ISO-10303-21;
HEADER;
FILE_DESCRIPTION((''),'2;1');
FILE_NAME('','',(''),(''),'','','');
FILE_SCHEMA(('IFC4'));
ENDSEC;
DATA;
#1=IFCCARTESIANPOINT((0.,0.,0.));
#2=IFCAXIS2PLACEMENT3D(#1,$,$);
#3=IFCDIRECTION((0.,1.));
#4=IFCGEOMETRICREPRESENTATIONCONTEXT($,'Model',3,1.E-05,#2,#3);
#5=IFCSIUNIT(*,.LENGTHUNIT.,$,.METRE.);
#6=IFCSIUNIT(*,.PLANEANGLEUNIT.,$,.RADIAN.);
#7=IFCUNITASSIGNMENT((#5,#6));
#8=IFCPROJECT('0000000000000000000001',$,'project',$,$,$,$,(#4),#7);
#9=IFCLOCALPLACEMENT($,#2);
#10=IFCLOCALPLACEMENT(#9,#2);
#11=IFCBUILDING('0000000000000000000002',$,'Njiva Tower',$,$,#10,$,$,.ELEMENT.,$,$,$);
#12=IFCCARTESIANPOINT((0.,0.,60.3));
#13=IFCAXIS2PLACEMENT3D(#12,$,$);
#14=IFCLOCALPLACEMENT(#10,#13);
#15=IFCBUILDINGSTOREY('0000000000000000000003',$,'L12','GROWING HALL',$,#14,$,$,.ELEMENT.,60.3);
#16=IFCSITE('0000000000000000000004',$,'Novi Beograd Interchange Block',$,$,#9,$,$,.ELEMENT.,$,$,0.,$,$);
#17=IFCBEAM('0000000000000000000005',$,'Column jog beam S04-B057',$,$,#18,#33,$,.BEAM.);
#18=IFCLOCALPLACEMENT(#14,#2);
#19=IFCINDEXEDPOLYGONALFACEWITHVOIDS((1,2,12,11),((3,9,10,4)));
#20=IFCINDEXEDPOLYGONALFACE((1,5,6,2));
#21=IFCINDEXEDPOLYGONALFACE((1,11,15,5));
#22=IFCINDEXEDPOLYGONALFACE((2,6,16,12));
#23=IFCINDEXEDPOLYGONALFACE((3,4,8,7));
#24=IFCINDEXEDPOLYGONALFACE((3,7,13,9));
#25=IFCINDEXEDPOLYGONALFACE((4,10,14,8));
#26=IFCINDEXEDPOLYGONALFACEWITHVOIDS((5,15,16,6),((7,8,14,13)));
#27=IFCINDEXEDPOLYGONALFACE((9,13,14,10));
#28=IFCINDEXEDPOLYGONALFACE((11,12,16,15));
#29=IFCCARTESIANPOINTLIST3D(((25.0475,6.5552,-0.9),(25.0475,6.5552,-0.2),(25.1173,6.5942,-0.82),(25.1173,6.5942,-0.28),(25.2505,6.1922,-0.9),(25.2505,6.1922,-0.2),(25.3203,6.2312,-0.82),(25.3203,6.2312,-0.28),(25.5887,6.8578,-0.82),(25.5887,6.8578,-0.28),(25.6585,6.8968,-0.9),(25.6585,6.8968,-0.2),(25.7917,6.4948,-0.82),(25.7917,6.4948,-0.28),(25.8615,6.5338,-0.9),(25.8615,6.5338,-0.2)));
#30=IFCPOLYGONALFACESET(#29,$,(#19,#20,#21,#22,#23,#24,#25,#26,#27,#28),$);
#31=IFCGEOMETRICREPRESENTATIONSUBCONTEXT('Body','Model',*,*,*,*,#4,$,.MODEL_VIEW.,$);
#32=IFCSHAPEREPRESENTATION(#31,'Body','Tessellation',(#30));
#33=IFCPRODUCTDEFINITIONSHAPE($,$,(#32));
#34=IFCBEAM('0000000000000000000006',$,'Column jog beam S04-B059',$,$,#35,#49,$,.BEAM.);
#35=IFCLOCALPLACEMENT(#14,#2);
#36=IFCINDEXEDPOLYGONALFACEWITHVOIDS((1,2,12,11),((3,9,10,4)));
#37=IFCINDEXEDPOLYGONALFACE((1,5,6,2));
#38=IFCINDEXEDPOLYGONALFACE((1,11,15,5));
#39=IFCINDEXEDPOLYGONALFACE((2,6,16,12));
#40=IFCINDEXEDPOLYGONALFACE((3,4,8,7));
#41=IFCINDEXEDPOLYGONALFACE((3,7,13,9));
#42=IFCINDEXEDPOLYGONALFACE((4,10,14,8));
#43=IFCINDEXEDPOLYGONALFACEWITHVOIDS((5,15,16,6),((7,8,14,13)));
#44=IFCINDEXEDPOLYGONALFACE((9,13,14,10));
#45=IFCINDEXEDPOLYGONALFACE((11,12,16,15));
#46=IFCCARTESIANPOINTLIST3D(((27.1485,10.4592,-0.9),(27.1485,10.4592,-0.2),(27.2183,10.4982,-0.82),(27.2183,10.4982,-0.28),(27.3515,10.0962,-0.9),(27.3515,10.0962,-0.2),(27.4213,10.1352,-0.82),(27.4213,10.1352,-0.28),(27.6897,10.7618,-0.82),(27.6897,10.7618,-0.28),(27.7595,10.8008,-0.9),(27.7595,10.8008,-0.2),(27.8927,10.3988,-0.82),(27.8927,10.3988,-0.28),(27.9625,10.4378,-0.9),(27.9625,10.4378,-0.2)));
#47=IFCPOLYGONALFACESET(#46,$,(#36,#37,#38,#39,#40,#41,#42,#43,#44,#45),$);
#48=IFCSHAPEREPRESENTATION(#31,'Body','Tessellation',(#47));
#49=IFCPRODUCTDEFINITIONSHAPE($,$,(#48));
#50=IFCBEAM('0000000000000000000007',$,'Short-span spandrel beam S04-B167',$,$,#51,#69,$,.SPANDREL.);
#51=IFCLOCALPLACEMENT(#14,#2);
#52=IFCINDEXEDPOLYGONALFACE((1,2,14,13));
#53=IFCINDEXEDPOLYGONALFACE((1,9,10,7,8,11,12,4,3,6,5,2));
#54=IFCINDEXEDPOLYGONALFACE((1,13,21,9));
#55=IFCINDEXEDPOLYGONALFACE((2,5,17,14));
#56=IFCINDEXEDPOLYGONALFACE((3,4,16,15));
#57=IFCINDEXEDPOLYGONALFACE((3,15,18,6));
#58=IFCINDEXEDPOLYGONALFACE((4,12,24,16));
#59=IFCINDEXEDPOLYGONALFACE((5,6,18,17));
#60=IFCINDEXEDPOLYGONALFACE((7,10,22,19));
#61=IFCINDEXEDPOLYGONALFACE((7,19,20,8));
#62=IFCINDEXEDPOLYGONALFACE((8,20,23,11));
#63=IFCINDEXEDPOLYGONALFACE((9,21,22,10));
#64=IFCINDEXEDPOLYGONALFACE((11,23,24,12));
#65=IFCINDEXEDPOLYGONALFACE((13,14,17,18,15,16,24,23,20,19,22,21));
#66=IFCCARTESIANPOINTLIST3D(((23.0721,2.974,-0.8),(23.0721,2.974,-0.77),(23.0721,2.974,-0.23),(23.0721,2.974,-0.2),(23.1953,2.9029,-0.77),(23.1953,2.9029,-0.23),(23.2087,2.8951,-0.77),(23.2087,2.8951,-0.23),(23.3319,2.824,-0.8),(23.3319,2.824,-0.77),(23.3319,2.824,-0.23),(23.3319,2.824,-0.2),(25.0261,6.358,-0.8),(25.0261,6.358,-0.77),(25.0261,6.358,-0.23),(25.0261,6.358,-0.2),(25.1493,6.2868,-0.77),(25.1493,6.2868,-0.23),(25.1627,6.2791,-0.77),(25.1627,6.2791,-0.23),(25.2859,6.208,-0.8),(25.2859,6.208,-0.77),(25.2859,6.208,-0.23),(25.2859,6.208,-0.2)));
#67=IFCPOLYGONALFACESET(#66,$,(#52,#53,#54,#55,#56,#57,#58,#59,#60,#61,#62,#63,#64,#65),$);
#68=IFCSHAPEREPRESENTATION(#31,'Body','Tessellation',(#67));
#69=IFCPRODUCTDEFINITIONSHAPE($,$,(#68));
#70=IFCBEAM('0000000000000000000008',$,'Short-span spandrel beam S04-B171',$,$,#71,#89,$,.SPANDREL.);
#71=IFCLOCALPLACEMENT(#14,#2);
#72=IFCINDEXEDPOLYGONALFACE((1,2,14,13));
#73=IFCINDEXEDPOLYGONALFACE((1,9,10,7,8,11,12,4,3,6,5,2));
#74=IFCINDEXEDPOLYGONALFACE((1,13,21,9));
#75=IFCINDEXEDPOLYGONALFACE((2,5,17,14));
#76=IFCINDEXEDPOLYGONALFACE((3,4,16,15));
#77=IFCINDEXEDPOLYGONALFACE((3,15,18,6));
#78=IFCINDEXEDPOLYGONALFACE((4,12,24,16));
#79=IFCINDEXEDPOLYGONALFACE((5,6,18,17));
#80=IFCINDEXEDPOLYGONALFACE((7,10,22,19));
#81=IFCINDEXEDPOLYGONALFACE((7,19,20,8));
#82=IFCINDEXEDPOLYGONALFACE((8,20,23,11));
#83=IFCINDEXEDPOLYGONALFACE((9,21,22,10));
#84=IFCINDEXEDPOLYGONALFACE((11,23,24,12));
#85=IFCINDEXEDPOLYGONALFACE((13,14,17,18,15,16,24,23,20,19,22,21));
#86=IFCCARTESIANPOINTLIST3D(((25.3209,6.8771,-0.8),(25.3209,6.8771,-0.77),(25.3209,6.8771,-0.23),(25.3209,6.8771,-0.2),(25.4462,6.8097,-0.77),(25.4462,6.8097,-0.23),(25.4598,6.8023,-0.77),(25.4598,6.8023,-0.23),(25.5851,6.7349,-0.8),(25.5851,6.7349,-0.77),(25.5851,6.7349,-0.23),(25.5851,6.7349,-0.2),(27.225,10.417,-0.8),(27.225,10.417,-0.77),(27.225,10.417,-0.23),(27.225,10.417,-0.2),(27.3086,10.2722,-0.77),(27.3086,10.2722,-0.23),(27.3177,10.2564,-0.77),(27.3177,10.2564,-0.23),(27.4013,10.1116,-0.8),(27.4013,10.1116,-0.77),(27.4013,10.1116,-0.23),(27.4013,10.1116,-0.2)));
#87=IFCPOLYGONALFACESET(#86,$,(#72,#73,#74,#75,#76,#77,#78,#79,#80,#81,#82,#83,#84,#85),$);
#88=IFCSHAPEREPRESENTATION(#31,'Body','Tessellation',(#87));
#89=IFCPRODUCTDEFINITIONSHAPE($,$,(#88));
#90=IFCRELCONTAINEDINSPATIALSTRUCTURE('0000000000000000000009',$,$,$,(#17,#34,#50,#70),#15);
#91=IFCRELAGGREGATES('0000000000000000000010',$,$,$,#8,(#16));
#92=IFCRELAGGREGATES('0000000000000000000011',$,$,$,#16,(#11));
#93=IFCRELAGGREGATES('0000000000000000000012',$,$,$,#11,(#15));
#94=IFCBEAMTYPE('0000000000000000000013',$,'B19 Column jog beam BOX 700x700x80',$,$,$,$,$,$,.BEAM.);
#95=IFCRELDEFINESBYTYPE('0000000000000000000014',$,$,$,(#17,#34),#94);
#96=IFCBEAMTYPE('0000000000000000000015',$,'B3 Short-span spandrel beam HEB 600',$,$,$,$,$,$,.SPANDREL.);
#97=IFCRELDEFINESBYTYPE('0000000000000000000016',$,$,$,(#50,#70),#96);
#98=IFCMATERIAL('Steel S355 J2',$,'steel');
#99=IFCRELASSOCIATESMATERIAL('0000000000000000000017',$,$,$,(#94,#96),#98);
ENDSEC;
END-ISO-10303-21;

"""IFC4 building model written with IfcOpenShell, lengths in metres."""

from ifc_helpers import new_model, si_unit, direction, frame, origin, origin_2d, place, context, subcontext, project, spatial, hollow_rectangle, i_section, extrude, clip, halfspace, material, material_profile, profile_set, type_object, element, save


model = new_model("IFC4")

# Units and contexts
model_context = context("Model", 3, precision=1e-05, world=origin(), true_north=direction((0.0, 1.0)))
body_context = subcontext(model_context, "Body", "Model", "MODEL_VIEW")
ifc_project = project(units=[si_unit("LENGTHUNIT", "METRE"), si_unit("PLANEANGLEUNIT", "RADIAN")], contexts=[model_context])

# Site, building, storey
site_placement = place(None, origin())
site = spatial("IfcSite", under=ifc_project, at=site_placement, Name="Novi Beograd Interchange Block", CompositionType="ELEMENT", RefElevation=0.0)
building_placement = place(site_placement, origin())
building = spatial("IfcBuilding", under=site, at=building_placement, Name="Njiva Tower", CompositionType="ELEMENT")
storey_placement = place(building_placement, frame((0.0, 0.0, 60.3)))
storey = spatial("IfcBuildingStorey", under=building, at=storey_placement, Name="L12", Description="GROWING HALL", CompositionType="ELEMENT", Elevation=60.3)

# Shared definitions
ifc_material_1 = material(Name="Steel S355 J2", Category="steel")

# Beams
ifc_material_profile_1 = material_profile(ifc_material_1, hollow_rectangle(XDim=0.7, YDim=0.7, WallThickness=0.08, at=origin_2d()), Name="BOX 700x700x80")
ifc_profile_set_1 = profile_set([ifc_material_profile_1], Name="Steel S355 J2")
beam_type_1 = type_object("IfcBeamType", Name="B19 Column jog beam BOX 700x700x80", PredefinedType="BEAM", material=ifc_profile_set_1)
for number, where, z_axis, x_axis, name in (
    (1, (25.556, 6.363, -0.55), (-0.488091, 0.872793, 0.0), (-0.872793, -0.488091, 0.0), "Column jog beam S04-B057"),
    (2, (27.657, 10.267, -0.55), (-0.488091, 0.872793, 0.0), (-0.872793, -0.488091, 0.0), "Column jog beam S04-B059"),
):
    element("IfcBeam", number, at=place(storey_placement, frame(where, z_axis=z_axis, x_axis=x_axis)), inside=storey, type_object=beam_type_1, Name=name, PredefinedType="BEAM", context=body_context, shape_type="SweptSolid", body=[
        extrude(hollow_rectangle(XDim=0.7, YDim=0.7, WallThickness=0.08, at=origin_2d()), origin(), (0.0, 0.0, 1.0), 0.4159),
    ])
ifc_material_profile_2 = material_profile(ifc_material_1, i_section(OverallWidth=0.3, OverallDepth=0.6, WebThickness=0.0155, FlangeThickness=0.03, at=origin_2d()), Name="HEB 600")
ifc_profile_set_2 = profile_set([ifc_material_profile_2], Name="Steel S355 J2")
beam_type_2 = type_object("IfcBeamType", Name="B3 Short-span spandrel beam HEB 600", PredefinedType="SPANDREL", material=ifc_profile_set_2)
beam_1_placement = place(storey_placement, frame((23.202, 2.899, -0.5), z_axis=(0.500047, 0.865998, 0.0), x_axis=(-0.865998, 0.500047, 0.0)))
element("IfcBeam", 3, at=beam_1_placement, inside=storey, type_object=beam_type_2, Name="Short-span spandrel beam S04-B167", PredefinedType="SPANDREL", context=body_context, shape_type="SweptSolid", body=[
    extrude(i_section(OverallWidth=0.3, OverallDepth=0.6, WebThickness=0.0155, FlangeThickness=0.03, at=origin_2d()), origin(), (0.0, 0.0, 1.0), 3.9076),
])
beam_2_placement = place(storey_placement, frame((25.453, 6.806, -0.5), z_axis=(0.473705, 0.880684, 0.0), x_axis=(-0.880684, 0.473705, 0.0)))
element("IfcBeam", 4, at=beam_2_placement, inside=storey, type_object=beam_type_2, Name="Short-span spandrel beam S04-B171", PredefinedType="SPANDREL", context=body_context, shape_type="Clipping", body=[
    clip(extrude(i_section(OverallWidth=0.3, OverallDepth=0.6, WebThickness=0.0155, FlangeThickness=0.03, at=origin_2d()), origin(), (0.0, 0.0, 1.0), 4.0395), halfspace(frame((-0.0266, 0.0, 3.9104), z_axis=(-0.525844, 0.0, 0.850581), x_axis=(0.0, 1.0, 0.0)), False)),
])

save(model, "model.ifc")
